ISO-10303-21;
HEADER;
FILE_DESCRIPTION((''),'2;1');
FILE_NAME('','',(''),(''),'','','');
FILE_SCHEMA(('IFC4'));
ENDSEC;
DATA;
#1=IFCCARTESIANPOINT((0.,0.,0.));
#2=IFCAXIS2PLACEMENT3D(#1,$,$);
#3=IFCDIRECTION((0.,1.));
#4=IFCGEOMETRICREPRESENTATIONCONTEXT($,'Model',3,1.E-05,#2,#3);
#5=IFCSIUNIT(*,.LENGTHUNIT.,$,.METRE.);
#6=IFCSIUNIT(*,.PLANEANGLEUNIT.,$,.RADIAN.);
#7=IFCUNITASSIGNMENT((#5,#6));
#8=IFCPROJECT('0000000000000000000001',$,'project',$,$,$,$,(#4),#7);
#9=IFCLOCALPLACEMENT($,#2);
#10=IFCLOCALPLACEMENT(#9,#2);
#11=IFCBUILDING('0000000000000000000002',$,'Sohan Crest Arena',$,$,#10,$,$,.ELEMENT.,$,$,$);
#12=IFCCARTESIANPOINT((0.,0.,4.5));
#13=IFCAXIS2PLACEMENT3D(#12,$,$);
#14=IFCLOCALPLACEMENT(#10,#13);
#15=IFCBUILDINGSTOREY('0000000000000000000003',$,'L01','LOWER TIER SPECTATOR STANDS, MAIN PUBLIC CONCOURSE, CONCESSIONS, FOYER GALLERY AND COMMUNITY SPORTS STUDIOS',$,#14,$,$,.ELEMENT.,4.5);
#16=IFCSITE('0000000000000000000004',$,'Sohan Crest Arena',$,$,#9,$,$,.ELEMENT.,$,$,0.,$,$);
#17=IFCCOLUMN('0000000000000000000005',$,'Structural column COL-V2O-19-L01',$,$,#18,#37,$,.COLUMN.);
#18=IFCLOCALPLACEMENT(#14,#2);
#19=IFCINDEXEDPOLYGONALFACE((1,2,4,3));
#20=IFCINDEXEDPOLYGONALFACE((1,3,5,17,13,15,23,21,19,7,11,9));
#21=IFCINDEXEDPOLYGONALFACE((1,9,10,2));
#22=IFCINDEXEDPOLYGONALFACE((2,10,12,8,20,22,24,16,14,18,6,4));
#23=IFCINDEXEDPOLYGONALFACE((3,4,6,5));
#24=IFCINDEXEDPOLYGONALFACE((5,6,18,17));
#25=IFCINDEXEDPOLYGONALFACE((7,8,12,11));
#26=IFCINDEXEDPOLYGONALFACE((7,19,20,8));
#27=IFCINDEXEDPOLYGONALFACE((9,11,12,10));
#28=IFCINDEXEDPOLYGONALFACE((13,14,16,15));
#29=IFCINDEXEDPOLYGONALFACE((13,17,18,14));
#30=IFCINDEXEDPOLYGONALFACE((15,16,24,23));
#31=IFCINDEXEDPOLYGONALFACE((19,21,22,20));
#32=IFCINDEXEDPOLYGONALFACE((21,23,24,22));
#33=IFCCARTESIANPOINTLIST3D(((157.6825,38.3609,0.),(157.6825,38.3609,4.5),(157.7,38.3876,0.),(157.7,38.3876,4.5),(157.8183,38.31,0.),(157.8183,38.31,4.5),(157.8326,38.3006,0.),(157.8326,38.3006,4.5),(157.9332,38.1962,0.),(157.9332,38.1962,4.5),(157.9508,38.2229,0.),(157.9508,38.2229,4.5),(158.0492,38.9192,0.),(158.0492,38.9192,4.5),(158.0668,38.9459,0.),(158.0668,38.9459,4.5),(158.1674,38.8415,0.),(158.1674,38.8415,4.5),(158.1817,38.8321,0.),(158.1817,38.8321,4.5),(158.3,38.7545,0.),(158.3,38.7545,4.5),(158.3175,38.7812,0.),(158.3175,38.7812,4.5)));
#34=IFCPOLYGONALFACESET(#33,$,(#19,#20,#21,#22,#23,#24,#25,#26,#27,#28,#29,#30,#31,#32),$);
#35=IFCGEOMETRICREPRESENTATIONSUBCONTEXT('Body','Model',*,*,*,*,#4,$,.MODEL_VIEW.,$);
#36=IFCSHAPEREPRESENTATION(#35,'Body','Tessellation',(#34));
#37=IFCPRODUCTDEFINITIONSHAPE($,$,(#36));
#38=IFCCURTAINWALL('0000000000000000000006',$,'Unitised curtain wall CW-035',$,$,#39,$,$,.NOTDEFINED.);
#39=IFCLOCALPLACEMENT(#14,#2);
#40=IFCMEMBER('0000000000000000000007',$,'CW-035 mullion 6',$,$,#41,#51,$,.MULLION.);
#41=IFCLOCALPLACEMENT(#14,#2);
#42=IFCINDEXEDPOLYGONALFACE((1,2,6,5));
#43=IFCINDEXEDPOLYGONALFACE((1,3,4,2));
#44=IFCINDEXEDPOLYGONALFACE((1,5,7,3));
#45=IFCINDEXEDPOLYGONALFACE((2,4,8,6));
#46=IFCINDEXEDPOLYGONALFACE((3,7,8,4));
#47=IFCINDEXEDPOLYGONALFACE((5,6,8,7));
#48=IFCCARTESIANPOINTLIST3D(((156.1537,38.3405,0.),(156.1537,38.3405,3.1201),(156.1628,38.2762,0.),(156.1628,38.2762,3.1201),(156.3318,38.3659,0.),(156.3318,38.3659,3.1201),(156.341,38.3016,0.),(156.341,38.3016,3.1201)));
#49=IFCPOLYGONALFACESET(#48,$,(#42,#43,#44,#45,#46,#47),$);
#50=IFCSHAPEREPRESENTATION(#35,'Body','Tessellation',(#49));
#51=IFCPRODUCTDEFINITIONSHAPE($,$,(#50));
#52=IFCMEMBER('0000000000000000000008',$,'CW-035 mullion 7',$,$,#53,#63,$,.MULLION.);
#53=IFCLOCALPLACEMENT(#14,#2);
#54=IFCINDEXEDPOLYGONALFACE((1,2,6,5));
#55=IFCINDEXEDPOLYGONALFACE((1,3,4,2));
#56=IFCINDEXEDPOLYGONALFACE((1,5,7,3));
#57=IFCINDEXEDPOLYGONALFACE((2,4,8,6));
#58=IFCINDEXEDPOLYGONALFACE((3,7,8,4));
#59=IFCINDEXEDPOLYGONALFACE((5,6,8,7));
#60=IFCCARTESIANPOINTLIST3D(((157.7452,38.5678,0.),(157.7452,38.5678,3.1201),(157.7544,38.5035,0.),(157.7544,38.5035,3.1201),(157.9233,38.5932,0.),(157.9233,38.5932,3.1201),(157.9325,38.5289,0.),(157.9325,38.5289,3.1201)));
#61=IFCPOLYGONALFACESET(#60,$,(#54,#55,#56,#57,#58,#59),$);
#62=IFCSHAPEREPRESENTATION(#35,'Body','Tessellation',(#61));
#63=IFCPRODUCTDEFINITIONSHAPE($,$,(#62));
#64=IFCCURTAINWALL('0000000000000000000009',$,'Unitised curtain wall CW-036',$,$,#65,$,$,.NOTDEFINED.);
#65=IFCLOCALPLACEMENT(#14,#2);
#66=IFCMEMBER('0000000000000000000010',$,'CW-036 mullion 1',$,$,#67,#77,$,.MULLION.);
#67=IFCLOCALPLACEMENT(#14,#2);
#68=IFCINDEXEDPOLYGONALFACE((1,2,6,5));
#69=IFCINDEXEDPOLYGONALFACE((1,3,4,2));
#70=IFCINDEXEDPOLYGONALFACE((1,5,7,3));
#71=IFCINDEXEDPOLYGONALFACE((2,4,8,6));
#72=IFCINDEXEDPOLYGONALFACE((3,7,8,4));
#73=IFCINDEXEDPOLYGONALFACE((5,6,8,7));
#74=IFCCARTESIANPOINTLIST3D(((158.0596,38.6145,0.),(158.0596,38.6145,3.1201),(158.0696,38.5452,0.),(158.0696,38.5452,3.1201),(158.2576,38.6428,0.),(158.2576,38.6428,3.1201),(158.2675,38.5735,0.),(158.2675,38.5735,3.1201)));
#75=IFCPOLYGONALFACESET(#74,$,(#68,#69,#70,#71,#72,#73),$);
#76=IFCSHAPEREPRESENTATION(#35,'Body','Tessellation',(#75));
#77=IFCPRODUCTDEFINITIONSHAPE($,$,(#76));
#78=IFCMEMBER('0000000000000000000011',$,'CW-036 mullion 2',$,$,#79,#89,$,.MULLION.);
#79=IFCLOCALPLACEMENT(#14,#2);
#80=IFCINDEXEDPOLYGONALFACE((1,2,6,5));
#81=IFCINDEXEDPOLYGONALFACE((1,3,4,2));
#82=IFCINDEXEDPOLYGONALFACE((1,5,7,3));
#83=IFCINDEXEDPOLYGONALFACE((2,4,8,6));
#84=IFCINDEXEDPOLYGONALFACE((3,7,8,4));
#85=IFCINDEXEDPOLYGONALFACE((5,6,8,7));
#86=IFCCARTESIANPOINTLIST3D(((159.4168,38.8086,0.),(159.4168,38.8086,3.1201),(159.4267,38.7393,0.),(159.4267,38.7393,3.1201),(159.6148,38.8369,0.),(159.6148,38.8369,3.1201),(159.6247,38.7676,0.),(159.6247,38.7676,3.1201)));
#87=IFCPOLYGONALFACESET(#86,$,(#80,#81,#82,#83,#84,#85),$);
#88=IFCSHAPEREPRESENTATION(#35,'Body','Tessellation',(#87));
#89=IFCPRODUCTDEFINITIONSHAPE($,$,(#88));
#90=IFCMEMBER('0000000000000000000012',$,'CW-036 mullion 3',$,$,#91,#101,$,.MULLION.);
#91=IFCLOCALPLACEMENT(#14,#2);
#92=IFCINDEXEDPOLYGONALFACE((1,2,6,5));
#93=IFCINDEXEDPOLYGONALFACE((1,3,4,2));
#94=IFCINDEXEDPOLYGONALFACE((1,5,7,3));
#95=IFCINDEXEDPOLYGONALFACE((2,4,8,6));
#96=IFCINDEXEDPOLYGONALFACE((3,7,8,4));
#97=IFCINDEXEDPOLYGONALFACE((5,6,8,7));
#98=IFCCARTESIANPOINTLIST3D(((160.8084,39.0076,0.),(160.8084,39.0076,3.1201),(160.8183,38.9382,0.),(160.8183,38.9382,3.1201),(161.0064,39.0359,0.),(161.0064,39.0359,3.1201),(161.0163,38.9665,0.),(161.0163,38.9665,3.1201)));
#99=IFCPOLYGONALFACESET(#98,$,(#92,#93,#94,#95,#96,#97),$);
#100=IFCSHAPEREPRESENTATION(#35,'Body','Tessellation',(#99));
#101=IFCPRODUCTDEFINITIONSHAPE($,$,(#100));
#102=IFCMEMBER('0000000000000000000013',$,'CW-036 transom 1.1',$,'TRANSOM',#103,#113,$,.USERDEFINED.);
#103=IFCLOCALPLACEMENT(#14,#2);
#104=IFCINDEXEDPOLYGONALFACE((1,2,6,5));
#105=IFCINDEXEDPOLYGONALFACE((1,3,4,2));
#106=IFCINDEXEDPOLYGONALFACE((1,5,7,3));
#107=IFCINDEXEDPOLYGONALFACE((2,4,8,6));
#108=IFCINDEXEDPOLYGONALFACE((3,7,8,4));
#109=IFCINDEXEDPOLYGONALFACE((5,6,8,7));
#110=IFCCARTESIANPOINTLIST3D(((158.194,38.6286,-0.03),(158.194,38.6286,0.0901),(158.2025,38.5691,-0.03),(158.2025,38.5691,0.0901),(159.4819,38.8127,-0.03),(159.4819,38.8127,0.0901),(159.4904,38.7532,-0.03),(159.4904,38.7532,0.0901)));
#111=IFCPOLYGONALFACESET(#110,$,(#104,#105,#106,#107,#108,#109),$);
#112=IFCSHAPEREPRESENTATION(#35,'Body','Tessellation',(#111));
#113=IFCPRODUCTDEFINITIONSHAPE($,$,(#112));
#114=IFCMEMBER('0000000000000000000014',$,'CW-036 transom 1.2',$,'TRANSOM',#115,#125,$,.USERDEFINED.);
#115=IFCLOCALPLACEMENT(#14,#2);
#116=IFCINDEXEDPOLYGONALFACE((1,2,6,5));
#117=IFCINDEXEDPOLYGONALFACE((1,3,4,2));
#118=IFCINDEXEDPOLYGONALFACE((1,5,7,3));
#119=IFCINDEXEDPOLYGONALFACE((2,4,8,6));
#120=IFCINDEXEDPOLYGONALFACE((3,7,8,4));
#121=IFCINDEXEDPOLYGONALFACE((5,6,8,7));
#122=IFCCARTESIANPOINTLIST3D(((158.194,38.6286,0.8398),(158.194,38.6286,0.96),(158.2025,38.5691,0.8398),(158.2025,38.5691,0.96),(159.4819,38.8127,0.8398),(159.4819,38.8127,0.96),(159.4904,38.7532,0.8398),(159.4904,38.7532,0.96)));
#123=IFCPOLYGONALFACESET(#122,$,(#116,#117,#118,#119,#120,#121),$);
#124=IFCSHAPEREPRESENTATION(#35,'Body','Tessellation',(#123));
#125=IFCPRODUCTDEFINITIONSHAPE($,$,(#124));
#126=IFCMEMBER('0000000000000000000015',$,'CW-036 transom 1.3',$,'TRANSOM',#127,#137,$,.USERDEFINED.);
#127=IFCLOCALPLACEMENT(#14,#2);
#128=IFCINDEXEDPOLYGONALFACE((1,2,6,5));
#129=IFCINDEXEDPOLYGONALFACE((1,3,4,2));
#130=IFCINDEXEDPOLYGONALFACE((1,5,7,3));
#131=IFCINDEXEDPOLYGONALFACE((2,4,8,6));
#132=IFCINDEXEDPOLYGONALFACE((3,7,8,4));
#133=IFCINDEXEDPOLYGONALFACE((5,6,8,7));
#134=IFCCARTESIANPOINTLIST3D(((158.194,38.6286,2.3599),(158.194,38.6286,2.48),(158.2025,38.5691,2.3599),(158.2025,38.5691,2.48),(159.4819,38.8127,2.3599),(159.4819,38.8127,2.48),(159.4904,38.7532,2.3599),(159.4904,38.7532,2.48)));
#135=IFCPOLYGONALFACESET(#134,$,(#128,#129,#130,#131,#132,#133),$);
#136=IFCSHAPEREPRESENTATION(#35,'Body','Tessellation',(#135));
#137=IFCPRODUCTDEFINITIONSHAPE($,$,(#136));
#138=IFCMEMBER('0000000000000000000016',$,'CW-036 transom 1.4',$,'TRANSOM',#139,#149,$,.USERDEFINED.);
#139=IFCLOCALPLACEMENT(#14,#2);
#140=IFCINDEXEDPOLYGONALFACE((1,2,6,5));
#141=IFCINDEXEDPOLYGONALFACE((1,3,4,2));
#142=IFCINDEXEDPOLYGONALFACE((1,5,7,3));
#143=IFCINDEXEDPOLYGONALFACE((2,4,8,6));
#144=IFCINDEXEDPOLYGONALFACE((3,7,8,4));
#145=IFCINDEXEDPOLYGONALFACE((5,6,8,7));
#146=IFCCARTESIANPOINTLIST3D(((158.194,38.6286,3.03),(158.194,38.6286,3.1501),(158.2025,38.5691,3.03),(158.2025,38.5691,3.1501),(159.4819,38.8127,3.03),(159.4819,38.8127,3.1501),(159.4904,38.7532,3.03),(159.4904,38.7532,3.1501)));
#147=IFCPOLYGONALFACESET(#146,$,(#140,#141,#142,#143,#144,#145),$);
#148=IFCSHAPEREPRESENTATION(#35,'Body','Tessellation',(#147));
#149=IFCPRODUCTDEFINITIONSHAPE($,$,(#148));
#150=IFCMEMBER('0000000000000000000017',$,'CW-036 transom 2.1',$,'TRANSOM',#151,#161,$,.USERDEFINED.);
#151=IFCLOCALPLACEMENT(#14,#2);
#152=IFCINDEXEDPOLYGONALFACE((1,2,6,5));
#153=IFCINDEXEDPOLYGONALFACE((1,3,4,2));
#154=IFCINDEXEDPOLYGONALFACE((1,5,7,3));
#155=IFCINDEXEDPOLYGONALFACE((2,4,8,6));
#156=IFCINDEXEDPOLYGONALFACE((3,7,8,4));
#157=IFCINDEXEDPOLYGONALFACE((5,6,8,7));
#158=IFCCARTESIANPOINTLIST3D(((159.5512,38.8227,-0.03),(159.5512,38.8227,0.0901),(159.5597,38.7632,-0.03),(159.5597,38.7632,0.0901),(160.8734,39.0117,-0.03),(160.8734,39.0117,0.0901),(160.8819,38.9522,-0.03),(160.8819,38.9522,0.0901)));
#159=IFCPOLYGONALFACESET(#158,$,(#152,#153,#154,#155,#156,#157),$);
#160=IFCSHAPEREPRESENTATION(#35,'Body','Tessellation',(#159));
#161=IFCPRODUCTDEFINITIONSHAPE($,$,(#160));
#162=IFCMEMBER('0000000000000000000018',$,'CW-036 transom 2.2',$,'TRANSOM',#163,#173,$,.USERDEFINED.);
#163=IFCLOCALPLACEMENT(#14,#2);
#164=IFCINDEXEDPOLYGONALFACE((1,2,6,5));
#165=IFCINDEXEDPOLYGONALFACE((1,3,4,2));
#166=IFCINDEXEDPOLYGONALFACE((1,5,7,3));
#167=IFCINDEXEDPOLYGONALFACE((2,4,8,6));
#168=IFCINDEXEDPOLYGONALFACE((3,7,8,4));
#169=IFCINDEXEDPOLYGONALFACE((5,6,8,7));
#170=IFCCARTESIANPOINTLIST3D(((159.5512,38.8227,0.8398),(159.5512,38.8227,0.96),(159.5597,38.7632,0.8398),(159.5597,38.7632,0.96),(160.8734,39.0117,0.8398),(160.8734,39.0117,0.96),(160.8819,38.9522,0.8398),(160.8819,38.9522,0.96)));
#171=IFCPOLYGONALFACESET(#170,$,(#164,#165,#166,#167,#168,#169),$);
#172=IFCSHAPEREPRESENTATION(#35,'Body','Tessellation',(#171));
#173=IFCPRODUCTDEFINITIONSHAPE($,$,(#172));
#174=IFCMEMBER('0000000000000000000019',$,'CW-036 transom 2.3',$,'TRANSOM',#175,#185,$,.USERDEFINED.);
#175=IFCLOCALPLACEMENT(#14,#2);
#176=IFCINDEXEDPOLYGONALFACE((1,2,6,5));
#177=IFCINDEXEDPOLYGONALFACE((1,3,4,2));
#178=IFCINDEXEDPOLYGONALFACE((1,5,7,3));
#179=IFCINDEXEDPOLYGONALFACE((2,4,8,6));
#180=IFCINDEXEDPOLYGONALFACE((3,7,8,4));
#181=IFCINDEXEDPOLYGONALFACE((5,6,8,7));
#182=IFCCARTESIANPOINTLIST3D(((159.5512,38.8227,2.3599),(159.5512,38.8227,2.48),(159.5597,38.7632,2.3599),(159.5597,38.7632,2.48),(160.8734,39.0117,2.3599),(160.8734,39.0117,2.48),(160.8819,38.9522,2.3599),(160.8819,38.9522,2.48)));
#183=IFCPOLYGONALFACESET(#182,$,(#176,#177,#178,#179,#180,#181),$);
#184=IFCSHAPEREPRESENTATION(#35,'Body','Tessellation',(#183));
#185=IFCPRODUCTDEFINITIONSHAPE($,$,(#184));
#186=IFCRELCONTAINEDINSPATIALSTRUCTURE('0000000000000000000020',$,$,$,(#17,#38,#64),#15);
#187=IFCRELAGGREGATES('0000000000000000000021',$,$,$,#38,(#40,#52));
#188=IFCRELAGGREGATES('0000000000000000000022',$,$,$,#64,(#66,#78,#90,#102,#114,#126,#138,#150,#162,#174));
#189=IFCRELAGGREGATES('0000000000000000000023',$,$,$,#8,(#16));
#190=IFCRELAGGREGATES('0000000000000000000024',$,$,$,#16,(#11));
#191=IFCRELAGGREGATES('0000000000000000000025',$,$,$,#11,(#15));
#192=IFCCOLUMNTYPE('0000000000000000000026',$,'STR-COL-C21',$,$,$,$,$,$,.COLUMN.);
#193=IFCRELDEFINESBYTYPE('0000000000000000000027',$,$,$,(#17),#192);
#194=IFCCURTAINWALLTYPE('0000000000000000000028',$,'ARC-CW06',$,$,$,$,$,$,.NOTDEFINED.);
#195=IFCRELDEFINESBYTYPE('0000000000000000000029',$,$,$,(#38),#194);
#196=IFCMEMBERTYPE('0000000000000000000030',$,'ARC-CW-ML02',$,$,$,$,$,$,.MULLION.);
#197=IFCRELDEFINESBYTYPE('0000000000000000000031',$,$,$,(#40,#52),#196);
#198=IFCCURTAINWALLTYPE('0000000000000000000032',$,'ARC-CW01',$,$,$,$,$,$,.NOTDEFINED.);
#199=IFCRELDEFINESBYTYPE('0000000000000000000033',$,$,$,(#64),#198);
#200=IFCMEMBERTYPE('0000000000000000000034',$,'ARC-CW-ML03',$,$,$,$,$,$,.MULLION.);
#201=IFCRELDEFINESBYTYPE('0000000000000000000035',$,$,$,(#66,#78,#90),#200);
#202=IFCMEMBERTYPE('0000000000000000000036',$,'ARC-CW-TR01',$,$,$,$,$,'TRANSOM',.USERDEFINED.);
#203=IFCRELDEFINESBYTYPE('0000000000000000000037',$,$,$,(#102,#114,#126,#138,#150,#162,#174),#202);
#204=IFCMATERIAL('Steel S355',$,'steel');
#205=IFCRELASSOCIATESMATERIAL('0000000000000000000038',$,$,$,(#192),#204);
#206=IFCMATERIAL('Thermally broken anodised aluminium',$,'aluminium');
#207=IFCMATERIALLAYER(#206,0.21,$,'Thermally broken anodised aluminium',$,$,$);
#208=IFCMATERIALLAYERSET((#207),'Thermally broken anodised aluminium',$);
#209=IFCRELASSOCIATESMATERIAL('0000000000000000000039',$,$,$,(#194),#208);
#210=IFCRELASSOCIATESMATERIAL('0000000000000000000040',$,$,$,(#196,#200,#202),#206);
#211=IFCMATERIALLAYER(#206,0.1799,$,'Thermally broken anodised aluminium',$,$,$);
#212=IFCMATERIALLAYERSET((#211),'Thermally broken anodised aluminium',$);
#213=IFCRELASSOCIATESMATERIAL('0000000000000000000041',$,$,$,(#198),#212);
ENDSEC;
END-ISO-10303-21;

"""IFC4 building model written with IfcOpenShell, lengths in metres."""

from ifc_helpers import new_model, si_unit, direction, frame, origin, origin_2d, place, context, subcontext, project, spatial, rectangle, i_section, extrude, material, layer, layer_set, material_profile, profile_set, type_object, element, aggregate, save


model = new_model("IFC4")

# Units and contexts
model_context = context("Model", 3, precision=1e-05, world=origin(), true_north=direction((0.0, 1.0)))
body_context = subcontext(model_context, "Body", "Model", "MODEL_VIEW")
ifc_project = project(units=[si_unit("LENGTHUNIT", "METRE"), si_unit("PLANEANGLEUNIT", "RADIAN")], contexts=[model_context])

# Site, building, storey
site_placement = place(None, origin())
site = spatial("IfcSite", under=ifc_project, at=site_placement, Name="Sohan Crest Arena", CompositionType="ELEMENT", RefElevation=0.0)
building_placement = place(site_placement, origin())
building = spatial("IfcBuilding", under=site, at=building_placement, Name="Sohan Crest Arena", CompositionType="ELEMENT")
storey_placement = place(building_placement, frame((0.0, 0.0, 4.5)))
storey = spatial("IfcBuildingStorey", under=building, at=storey_placement, Name="L01", Description="LOWER TIER SPECTATOR STANDS, MAIN PUBLIC CONCOURSE, CONCESSIONS, FOYER GALLERY AND COMMUNITY SPORTS STUDIOS", CompositionType="ELEMENT", Elevation=4.5)

# Column
ifc_material_1 = material(Name="Steel S355", Category="steel")
ifc_material_profile_1 = material_profile(ifc_material_1, i_section(OverallWidth=0.3, OverallDepth=0.7, WebThickness=0.0171, FlangeThickness=0.032, at=origin_2d()), Name="HEB 700")
ifc_profile_set_1 = profile_set([ifc_material_profile_1], Name="Steel S355")
column_type = type_object("IfcColumnType", Name="STR-COL-C21", PredefinedType="COLUMN", material=ifc_profile_set_1)
column_placement = place(storey_placement, frame((158.0, 38.571, 0.0), z_axis=(0.0, 0.0, 1.0), x_axis=(-0.835807, 0.549023, 0.0)))
element("IfcColumn", 1, at=column_placement, inside=storey, type_object=column_type, Name="Structural column COL-V2O-19-L01", PredefinedType="COLUMN", context=body_context, shape_type="SweptSolid", body=[
    extrude(i_section(OverallWidth=0.3, OverallDepth=0.7, WebThickness=0.0171, FlangeThickness=0.032, at=origin_2d()), origin(), (0.0, 0.0, 1.0), 4.5),
])

# Curtain walls, members
ifc_material_2 = material(Name="Thermally broken anodised aluminium", Category="aluminium")
ifc_layer_1 = layer(ifc_material_2, 0.21, Name="Thermally broken anodised aluminium")
ifc_layer_set_1 = layer_set([ifc_layer_1], Name="Thermally broken anodised aluminium")
curtain_wall_type_1 = type_object("IfcCurtainWallType", Name="ARC-CW06", PredefinedType="NOTDEFINED", material=ifc_layer_set_1)
curtain_wall_1_placement = place(storey_placement, origin())
curtain_wall_1 = element("IfcCurtainWall", 2, at=curtain_wall_1_placement, inside=storey, type_object=curtain_wall_type_1, Name="Unitised curtain wall CW-035", PredefinedType="NOTDEFINED")
ifc_material_profile_2 = material_profile(ifc_material_2, rectangle(XDim=0.0649, YDim=0.1799, at=origin_2d()), Name="ALU-MULL 65x180")
ifc_profile_set_2 = profile_set([ifc_material_profile_2], Name="Thermally broken anodised aluminium")
member_type_1 = type_object("IfcMemberType", Name="ARC-CW-ML02", PredefinedType="MULLION", material=ifc_profile_set_2)
member_1_placement = place(storey_placement, frame((156.2473, 38.321, 0.0), z_axis=(0.0, 0.0, 1.0), x_axis=(-0.14145, 0.989945, 0.0)))
member_1 = element("IfcMember", 3, at=member_1_placement, type_object=member_type_1, Name="CW-035 mullion 6", PredefinedType="MULLION", context=body_context, shape_type="SweptSolid", body=[
    extrude(rectangle(XDim=0.0649, YDim=0.1799, at=origin_2d()), origin(), (0.0, 0.0, 1.0), 3.1201),
])
member_2_placement = place(storey_placement, frame((157.8389, 38.5483, 0.0), z_axis=(0.0, 0.0, 1.0), x_axis=(-0.14145, 0.989945, 0.0)))
member_2 = element("IfcMember", 4, at=member_2_placement, type_object=member_type_1, Name="CW-035 mullion 7", PredefinedType="MULLION", context=body_context, shape_type="SweptSolid", body=[
    extrude(rectangle(XDim=0.0649, YDim=0.1799, at=origin_2d()), origin(), (0.0, 0.0, 1.0), 3.1201),
])
ifc_layer_2 = layer(ifc_material_2, 0.1799, Name="Thermally broken anodised aluminium")
ifc_layer_set_2 = layer_set([ifc_layer_2], Name="Thermally broken anodised aluminium")
curtain_wall_type_2 = type_object("IfcCurtainWallType", Name="ARC-CW01", PredefinedType="NOTDEFINED", material=ifc_layer_set_2)
curtain_wall_2_placement = place(storey_placement, origin())
curtain_wall_2 = element("IfcCurtainWall", 5, at=curtain_wall_2_placement, inside=storey, type_object=curtain_wall_type_2, Name="Unitised curtain wall CW-036", PredefinedType="NOTDEFINED")
ifc_material_profile_3 = material_profile(ifc_material_2, rectangle(XDim=0.0701, YDim=0.2, at=origin_2d()), Name="ALU-MULL 70x200")
ifc_profile_set_3 = profile_set([ifc_material_profile_3], Name="Thermally broken anodised aluminium")
member_type_2 = type_object("IfcMemberType", Name="ARC-CW-ML03", PredefinedType="MULLION", material=ifc_profile_set_3)
member_3_placement = place(storey_placement, frame((158.1636, 38.594, 0.0), z_axis=(0.0, 0.0, 1.0), x_axis=(-0.141549, 0.989931, 0.0)))
member_3 = element("IfcMember", 6, at=member_3_placement, type_object=member_type_2, Name="CW-036 mullion 1", PredefinedType="MULLION", context=body_context, shape_type="SweptSolid", body=[
    extrude(rectangle(XDim=0.0701, YDim=0.2, at=origin_2d()), origin(), (0.0, 0.0, 1.0), 3.1201),
])
member_4_placement = place(storey_placement, frame((159.5208, 38.7881, 0.0), z_axis=(0.0, 0.0, 1.0), x_axis=(-0.141549, 0.989931, 0.0)))
member_4 = element("IfcMember", 7, at=member_4_placement, type_object=member_type_2, Name="CW-036 mullion 2", PredefinedType="MULLION", context=body_context, shape_type="SweptSolid", body=[
    extrude(rectangle(XDim=0.0701, YDim=0.2, at=origin_2d()), origin(), (0.0, 0.0, 1.0), 3.1201),
])
member_5_placement = place(storey_placement, frame((160.9124, 38.9871, 0.0), z_axis=(0.0, 0.0, 1.0), x_axis=(-0.141549, 0.989931, 0.0)))
member_5 = element("IfcMember", 8, at=member_5_placement, type_object=member_type_2, Name="CW-036 mullion 3", PredefinedType="MULLION", context=body_context, shape_type="SweptSolid", body=[
    extrude(rectangle(XDim=0.0701, YDim=0.2, at=origin_2d()), origin(), (0.0, 0.0, 1.0), 3.1201),
])
ifc_material_profile_4 = material_profile(ifc_material_2, rectangle(XDim=0.0601, YDim=0.1201, at=origin_2d()), Name="ALU-TRAN 60x120")
ifc_profile_set_4 = profile_set([ifc_material_profile_4], Name="Thermally broken anodised aluminium")
member_type_3 = type_object("IfcMemberType", Name="ARC-CW-TR01", ElementType="TRANSOM", PredefinedType="USERDEFINED", material=ifc_profile_set_4)
member_6_placement = place(storey_placement, frame((158.1982, 38.5989, 0.03), z_axis=(0.989938, 0.1415, 0.0), x_axis=(-0.1415, 0.989938, 0.0)))
member_6 = element("IfcMember", 9, at=member_6_placement, type_object=member_type_3, Name="CW-036 transom 1.1", ObjectType="TRANSOM", PredefinedType="USERDEFINED", context=body_context, shape_type="SweptSolid", body=[
    extrude(rectangle(XDim=0.0601, YDim=0.1201, at=origin_2d()), origin(), (0.0, 0.0, 1.0), 1.301),
])
member_7_placement = place(storey_placement, frame((158.1982, 38.5989, 0.8999), z_axis=(0.989938, 0.1415, 0.0), x_axis=(-0.1415, 0.989938, 0.0)))
member_7 = element("IfcMember", 10, at=member_7_placement, type_object=member_type_3, Name="CW-036 transom 1.2", ObjectType="TRANSOM", PredefinedType="USERDEFINED", context=body_context, shape_type="SweptSolid", body=[
    extrude(rectangle(XDim=0.0601, YDim=0.1201, at=origin_2d()), origin(), (0.0, 0.0, 1.0), 1.301),
])
member_8_placement = place(storey_placement, frame((158.1982, 38.5989, 2.4199), z_axis=(0.989938, 0.1415, 0.0), x_axis=(-0.1415, 0.989938, 0.0)))
member_8 = element("IfcMember", 11, at=member_8_placement, type_object=member_type_3, Name="CW-036 transom 1.3", ObjectType="TRANSOM", PredefinedType="USERDEFINED", context=body_context, shape_type="SweptSolid", body=[
    extrude(rectangle(XDim=0.0601, YDim=0.1201, at=origin_2d()), origin(), (0.0, 0.0, 1.0), 1.301),
])
member_9_placement = place(storey_placement, frame((158.1982, 38.5989, 3.0901), z_axis=(0.989938, 0.1415, 0.0), x_axis=(-0.1415, 0.989938, 0.0)))
member_9 = element("IfcMember", 12, at=member_9_placement, type_object=member_type_3, Name="CW-036 transom 1.4", ObjectType="TRANSOM", PredefinedType="USERDEFINED", context=body_context, shape_type="SweptSolid", body=[
    extrude(rectangle(XDim=0.0601, YDim=0.1201, at=origin_2d()), origin(), (0.0, 0.0, 1.0), 1.301),
])
member_10_placement = place(storey_placement, frame((159.5554, 38.793, 0.03), z_axis=(0.989942, 0.141473, 0.0), x_axis=(-0.141473, 0.989942, 0.0)))
member_10 = element("IfcMember", 13, at=member_10_placement, type_object=member_type_3, Name="CW-036 transom 2.1", ObjectType="TRANSOM", PredefinedType="USERDEFINED", context=body_context, shape_type="SweptSolid", body=[
    extrude(rectangle(XDim=0.0601, YDim=0.1201, at=origin_2d()), origin(), (0.0, 0.0, 1.0), 1.3357),
])
member_11_placement = place(storey_placement, frame((159.5554, 38.793, 0.8999), z_axis=(0.989942, 0.141473, 0.0), x_axis=(-0.141473, 0.989942, 0.0)))
member_11 = element("IfcMember", 14, at=member_11_placement, type_object=member_type_3, Name="CW-036 transom 2.2", ObjectType="TRANSOM", PredefinedType="USERDEFINED", context=body_context, shape_type="SweptSolid", body=[
    extrude(rectangle(XDim=0.0601, YDim=0.1201, at=origin_2d()), origin(), (0.0, 0.0, 1.0), 1.3357),
])
member_12_placement = place(storey_placement, frame((159.5554, 38.793, 2.4199), z_axis=(0.989942, 0.141473, 0.0), x_axis=(-0.141473, 0.989942, 0.0)))
member_12 = element("IfcMember", 15, at=member_12_placement, type_object=member_type_3, Name="CW-036 transom 2.3", ObjectType="TRANSOM", PredefinedType="USERDEFINED", context=body_context, shape_type="SweptSolid", body=[
    extrude(rectangle(XDim=0.0601, YDim=0.1201, at=origin_2d()), origin(), (0.0, 0.0, 1.0), 1.3357),
])

aggregate(curtain_wall_1, [member_1, member_2])
aggregate(curtain_wall_2, [member_3, member_4, member_5, member_6, member_7, member_8, member_9, member_10, member_11, member_12])

save(model, "model.ifc")
